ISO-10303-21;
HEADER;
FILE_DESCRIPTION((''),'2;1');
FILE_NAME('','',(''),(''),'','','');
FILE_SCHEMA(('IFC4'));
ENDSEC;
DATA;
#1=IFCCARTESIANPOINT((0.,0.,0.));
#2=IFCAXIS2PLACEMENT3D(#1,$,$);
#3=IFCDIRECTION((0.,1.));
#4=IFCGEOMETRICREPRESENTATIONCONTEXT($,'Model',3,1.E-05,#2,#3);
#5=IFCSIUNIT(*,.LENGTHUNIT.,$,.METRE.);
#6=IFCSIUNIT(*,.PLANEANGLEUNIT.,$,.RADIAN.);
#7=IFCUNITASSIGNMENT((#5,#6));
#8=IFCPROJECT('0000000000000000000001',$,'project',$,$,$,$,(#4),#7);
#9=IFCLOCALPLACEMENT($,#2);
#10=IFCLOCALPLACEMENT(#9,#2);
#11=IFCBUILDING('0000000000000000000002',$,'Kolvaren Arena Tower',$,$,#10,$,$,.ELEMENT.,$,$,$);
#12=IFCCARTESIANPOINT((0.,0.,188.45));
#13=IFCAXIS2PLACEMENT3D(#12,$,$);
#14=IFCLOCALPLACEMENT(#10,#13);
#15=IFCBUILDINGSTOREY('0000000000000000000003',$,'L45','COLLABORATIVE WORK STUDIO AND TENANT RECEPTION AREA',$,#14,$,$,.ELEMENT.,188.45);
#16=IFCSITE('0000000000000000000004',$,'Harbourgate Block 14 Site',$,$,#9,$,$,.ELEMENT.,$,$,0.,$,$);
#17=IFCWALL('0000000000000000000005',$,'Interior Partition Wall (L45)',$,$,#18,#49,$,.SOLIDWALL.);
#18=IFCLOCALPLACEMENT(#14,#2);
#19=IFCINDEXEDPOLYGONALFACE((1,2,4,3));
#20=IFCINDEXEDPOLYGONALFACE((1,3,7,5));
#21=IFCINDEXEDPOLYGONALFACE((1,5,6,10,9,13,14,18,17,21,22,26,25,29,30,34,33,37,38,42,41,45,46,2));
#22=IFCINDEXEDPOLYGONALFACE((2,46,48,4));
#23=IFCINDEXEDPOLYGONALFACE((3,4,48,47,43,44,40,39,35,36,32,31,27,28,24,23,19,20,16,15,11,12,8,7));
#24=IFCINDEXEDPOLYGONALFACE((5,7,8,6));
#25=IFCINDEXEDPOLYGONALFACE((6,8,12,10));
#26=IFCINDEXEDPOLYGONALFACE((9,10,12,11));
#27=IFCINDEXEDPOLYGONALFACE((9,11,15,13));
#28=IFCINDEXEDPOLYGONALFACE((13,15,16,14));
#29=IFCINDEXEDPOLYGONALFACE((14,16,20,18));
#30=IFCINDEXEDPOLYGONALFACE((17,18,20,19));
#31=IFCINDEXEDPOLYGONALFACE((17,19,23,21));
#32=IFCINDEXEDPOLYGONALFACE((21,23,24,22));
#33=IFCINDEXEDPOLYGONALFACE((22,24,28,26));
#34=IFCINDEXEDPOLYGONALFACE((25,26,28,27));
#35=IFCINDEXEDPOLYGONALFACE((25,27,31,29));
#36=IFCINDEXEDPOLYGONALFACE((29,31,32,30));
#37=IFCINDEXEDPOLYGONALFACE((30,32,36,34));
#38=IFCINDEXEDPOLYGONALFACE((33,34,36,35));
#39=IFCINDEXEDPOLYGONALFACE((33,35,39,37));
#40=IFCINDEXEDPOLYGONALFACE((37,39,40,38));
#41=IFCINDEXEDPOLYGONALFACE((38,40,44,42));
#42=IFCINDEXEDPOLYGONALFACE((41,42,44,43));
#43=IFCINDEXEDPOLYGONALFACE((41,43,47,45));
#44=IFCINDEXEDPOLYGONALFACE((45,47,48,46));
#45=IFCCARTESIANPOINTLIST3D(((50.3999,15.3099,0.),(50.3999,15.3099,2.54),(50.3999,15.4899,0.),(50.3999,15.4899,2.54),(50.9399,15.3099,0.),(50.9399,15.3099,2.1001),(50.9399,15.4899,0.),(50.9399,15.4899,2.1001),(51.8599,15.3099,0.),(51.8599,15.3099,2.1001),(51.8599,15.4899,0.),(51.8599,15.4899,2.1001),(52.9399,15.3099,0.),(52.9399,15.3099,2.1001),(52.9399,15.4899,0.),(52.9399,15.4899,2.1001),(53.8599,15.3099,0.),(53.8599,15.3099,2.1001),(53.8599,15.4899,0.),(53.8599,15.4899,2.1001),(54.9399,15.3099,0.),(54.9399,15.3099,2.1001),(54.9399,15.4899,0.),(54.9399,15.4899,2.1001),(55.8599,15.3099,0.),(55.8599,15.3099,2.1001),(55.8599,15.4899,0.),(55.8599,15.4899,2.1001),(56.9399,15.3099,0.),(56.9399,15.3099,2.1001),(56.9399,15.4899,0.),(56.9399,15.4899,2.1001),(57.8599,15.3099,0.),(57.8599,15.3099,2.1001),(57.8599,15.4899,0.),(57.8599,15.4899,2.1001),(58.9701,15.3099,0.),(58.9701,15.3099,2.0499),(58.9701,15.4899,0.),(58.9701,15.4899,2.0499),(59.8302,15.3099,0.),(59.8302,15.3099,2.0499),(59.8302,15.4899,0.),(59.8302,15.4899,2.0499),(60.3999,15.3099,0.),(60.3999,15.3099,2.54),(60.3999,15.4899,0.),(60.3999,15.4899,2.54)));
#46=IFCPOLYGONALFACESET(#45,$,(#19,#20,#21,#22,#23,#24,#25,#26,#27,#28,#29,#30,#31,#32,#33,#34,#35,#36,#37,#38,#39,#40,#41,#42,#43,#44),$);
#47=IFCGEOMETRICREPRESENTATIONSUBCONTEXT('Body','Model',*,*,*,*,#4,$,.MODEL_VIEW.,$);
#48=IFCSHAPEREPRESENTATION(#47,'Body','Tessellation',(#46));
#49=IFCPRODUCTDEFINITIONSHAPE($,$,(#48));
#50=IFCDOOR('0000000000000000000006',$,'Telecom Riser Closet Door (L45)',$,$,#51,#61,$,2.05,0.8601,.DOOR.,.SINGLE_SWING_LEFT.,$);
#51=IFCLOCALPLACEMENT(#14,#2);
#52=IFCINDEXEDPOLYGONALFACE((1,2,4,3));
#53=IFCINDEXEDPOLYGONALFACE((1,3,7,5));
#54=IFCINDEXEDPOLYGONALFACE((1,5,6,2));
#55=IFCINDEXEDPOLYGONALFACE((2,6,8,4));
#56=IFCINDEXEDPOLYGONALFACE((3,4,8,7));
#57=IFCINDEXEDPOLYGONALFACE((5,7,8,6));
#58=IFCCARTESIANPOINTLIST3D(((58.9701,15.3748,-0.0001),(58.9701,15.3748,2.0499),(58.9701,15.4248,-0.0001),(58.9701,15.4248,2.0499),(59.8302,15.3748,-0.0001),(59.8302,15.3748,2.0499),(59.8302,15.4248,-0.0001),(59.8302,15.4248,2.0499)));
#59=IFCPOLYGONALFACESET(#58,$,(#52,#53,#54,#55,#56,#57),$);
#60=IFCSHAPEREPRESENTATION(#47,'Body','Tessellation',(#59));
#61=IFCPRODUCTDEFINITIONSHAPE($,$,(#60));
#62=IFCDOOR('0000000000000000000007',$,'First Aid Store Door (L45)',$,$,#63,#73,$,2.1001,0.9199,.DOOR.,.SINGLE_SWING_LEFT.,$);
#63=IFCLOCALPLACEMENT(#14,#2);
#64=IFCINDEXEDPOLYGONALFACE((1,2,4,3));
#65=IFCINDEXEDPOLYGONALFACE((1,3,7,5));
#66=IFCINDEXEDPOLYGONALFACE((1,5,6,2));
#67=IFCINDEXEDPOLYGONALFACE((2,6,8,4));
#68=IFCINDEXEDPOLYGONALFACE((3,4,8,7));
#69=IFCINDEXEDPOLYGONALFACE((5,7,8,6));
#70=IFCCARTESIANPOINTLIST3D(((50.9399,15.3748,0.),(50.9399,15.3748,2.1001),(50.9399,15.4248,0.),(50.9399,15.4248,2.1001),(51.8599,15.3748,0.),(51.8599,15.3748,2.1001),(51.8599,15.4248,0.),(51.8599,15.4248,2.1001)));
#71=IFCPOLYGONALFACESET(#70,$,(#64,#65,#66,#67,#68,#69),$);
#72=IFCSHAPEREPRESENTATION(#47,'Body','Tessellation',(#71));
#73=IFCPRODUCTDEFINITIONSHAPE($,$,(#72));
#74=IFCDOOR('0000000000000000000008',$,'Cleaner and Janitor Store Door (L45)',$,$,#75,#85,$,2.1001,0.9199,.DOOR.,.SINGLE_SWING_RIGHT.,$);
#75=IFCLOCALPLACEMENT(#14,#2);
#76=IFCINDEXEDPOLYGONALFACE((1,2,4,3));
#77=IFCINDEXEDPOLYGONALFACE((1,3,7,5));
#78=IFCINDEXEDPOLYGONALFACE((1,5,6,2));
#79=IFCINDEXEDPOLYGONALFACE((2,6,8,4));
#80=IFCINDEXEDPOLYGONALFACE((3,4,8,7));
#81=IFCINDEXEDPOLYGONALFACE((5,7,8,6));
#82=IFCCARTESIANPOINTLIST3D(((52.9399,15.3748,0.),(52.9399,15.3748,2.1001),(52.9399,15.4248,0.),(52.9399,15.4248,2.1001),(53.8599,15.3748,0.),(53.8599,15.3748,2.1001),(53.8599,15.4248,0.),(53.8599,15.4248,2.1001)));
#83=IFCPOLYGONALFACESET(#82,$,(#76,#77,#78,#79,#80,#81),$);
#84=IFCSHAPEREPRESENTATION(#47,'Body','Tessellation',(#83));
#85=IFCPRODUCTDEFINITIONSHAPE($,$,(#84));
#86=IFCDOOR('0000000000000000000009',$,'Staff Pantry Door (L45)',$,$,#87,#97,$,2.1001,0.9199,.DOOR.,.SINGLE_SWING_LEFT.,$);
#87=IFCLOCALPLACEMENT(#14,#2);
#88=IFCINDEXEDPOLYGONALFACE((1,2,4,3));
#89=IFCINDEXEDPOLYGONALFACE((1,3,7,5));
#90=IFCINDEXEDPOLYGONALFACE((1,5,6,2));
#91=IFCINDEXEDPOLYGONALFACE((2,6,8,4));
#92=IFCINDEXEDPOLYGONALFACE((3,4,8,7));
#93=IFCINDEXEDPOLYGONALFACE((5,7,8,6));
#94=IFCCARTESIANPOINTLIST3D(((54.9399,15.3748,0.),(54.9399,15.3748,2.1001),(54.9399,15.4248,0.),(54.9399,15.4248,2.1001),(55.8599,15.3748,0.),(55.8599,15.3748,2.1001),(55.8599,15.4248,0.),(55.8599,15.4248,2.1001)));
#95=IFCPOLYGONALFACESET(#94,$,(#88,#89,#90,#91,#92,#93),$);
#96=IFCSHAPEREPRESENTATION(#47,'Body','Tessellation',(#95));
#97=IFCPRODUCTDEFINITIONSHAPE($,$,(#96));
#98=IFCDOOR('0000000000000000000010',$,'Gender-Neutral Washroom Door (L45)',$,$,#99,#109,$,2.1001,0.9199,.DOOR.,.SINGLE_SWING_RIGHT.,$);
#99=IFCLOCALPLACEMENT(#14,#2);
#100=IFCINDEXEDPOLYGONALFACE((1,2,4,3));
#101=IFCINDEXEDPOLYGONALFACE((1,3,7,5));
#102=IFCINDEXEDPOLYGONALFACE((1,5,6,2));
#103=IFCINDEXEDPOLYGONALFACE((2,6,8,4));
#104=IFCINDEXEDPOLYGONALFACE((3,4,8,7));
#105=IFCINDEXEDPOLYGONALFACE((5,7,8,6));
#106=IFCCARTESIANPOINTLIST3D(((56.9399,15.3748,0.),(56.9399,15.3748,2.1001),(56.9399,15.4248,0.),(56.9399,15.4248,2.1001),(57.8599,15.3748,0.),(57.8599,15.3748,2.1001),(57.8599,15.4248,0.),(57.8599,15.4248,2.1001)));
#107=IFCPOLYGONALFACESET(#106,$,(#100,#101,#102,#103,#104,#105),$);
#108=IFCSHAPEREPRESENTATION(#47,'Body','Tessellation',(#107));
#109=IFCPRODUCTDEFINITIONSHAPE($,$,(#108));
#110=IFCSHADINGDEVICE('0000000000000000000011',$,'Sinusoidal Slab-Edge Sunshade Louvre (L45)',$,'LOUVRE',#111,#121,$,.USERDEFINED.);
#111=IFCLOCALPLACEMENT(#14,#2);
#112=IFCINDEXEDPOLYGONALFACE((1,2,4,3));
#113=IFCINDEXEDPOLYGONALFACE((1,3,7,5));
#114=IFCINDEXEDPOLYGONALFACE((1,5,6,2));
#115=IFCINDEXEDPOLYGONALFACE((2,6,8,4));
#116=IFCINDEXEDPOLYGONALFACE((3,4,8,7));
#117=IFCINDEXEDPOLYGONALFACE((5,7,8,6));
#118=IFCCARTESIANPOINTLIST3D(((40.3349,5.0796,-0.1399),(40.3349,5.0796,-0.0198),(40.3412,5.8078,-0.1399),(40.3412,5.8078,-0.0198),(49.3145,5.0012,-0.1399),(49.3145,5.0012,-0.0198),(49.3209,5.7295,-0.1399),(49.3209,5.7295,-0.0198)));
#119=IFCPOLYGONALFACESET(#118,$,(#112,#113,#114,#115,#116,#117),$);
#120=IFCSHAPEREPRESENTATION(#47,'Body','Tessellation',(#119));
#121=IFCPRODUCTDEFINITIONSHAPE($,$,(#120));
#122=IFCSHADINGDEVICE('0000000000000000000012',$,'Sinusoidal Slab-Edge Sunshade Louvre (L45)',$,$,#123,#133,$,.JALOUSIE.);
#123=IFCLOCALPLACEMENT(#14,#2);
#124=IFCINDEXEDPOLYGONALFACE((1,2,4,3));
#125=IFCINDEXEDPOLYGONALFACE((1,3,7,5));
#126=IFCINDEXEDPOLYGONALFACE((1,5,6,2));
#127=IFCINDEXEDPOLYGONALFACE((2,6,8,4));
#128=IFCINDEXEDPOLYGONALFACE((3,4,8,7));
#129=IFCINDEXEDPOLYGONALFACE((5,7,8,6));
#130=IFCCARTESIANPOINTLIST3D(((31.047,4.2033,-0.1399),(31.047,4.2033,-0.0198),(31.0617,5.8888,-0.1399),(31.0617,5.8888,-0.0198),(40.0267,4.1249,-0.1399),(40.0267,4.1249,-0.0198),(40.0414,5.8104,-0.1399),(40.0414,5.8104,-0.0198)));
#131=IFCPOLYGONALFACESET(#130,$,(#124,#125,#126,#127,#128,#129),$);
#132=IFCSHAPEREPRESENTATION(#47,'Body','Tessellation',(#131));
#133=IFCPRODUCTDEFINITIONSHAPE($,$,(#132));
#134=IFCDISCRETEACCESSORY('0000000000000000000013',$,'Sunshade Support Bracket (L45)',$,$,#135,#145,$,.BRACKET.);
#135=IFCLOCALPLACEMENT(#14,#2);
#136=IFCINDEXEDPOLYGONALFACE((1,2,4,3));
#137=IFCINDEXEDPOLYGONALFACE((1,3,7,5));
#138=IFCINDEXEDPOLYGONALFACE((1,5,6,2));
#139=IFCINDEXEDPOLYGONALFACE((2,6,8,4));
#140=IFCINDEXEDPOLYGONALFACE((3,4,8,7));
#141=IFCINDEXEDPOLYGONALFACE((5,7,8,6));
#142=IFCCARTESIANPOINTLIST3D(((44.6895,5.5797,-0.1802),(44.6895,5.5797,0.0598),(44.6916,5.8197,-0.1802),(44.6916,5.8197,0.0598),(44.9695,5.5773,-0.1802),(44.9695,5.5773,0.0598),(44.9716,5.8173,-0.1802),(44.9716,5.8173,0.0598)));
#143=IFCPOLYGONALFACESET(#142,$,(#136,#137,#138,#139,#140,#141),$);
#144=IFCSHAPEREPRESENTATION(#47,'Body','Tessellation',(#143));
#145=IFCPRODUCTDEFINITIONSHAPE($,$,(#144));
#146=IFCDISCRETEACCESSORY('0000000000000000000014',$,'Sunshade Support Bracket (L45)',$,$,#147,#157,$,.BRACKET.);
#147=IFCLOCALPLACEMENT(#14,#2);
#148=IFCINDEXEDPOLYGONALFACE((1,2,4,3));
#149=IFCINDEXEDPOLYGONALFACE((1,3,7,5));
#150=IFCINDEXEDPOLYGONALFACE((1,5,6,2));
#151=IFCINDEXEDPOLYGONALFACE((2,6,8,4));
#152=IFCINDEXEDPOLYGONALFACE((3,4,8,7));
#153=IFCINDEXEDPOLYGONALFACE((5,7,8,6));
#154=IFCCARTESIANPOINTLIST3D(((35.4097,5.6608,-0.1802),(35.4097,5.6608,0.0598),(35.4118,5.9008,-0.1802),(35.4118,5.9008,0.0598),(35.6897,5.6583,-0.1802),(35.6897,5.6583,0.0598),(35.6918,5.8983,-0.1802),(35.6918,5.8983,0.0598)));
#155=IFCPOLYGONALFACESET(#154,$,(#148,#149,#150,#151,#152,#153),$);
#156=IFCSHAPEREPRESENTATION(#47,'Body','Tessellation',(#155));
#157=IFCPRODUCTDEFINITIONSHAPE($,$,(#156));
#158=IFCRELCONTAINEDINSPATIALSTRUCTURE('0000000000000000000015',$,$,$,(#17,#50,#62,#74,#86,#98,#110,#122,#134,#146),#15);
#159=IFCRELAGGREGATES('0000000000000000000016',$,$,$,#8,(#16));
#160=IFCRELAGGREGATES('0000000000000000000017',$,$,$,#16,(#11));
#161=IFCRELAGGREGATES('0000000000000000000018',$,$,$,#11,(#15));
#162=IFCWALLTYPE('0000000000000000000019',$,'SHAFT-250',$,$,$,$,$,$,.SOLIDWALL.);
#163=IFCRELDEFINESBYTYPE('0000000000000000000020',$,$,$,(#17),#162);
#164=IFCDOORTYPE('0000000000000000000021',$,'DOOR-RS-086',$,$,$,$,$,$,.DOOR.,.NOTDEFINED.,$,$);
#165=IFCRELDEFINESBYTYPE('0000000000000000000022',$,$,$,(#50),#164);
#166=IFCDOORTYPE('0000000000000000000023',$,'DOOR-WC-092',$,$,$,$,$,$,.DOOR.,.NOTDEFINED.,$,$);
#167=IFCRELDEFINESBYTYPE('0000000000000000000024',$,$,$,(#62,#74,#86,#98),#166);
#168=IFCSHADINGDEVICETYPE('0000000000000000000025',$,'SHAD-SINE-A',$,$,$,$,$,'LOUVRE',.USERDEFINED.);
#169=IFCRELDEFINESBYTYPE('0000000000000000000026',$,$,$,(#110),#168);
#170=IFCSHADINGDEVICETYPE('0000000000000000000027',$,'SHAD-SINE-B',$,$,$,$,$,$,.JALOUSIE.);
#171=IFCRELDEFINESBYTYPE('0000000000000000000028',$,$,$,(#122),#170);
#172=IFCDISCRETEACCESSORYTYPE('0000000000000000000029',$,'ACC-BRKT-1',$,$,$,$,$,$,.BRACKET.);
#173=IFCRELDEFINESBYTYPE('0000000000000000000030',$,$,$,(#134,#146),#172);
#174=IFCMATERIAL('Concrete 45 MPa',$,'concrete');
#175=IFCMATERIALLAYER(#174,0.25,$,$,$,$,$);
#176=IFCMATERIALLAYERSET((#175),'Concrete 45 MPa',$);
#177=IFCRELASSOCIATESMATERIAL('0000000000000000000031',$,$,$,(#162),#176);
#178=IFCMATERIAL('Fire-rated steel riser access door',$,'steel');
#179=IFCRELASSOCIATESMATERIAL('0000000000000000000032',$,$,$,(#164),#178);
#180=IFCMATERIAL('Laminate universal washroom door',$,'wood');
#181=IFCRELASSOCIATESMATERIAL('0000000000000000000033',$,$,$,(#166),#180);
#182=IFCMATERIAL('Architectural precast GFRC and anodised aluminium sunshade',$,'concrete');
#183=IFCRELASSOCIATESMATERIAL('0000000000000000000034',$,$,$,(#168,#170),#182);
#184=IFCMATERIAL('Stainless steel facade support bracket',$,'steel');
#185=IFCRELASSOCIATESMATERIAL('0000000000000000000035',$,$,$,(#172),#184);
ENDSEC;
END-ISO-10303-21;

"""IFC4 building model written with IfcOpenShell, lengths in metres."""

from ifc_helpers import new_model, si_unit, direction, frame, frame_2d, origin, origin_2d, place, context, subcontext, project, spatial, rectangle, extrude, material, layer, layer_set, type_object, element, fill, save


model = new_model("IFC4")

# Units and contexts
model_context = context("Model", 3, precision=1e-05, world=origin(), true_north=direction((0.0, 1.0)))
body_context = subcontext(model_context, "Body", "Model", "MODEL_VIEW")
ifc_project = project(units=[si_unit("LENGTHUNIT", "METRE"), si_unit("PLANEANGLEUNIT", "RADIAN")], contexts=[model_context])

# Site, building, storey
site_placement = place(None, origin())
site = spatial("IfcSite", under=ifc_project, at=site_placement, Name="Harbourgate Block 14 Site", CompositionType="ELEMENT", RefElevation=0.0)
building_placement = place(site_placement, origin())
building = spatial("IfcBuilding", under=site, at=building_placement, Name="Kolvaren Arena Tower", CompositionType="ELEMENT")
storey_placement = place(building_placement, frame((0.0, 0.0, 188.45)))
storey = spatial("IfcBuildingStorey", under=building, at=storey_placement, Name="L45", Description="COLLABORATIVE WORK STUDIO AND TENANT RECEPTION AREA", CompositionType="ELEMENT", Elevation=188.45)

# Wall, openings, doors
ifc_material_1 = material(Name="Concrete 45 MPa", Category="concrete")
ifc_layer_1 = layer(ifc_material_1, 0.25)
ifc_layer_set_1 = layer_set([ifc_layer_1], Name="Concrete 45 MPa")
wall_type_1 = type_object("IfcWallType", Name="SHAFT-250", PredefinedType="SOLIDWALL", material=ifc_layer_set_1)
wall_1_placement = place(storey_placement, frame((50.3999, 15.3999, 0.0), z_axis=(0.0, 0.0, 1.0), x_axis=(1.0, 0.0, 0.0)))
wall_1 = element("IfcWall", 1, at=wall_1_placement, inside=storey, type_object=wall_type_1, Name="Interior Partition Wall (L45)", PredefinedType="SOLIDWALL", context=body_context, shape_type="SweptSolid", body=[
    extrude(rectangle(XDim=10.0, YDim=0.1799, at=frame_2d((5.0, 0.0))), origin(), (0.0, 0.0, 1.0), 2.54),
])
opening_1_placement = place(wall_1_placement, frame((0.54, 0.0, 0.0)))
opening_1 = element("IfcOpeningElement", 2, at=opening_1_placement, cuts=wall_1, PredefinedType="OPENING", context=body_context, shape_type="SweptSolid", body=[
    extrude(rectangle(XDim=0.9199, YDim=2.1001, at=frame_2d((0.46, 1.05))), frame((0.0, 0.0999, 0.0), z_axis=(0.0, -1.0, 0.0), x_axis=(1.0, 0.0, 0.0)), (0.0, 0.0, 1.0), 0.2),
])
opening_2_placement = place(wall_1_placement, frame((2.54, 0.0, 0.0)))
opening_2 = element("IfcOpeningElement", 3, at=opening_2_placement, cuts=wall_1, PredefinedType="OPENING", context=body_context, shape_type="SweptSolid", body=[
    extrude(rectangle(XDim=0.9199, YDim=2.1001, at=frame_2d((0.46, 1.05))), frame((0.0, 0.0999, 0.0), z_axis=(0.0, -1.0, 0.0), x_axis=(1.0, 0.0, 0.0)), (0.0, 0.0, 1.0), 0.2),
])
opening_3_placement = place(wall_1_placement, frame((4.54, 0.0, 0.0)))
opening_3 = element("IfcOpeningElement", 4, at=opening_3_placement, cuts=wall_1, PredefinedType="OPENING", context=body_context, shape_type="SweptSolid", body=[
    extrude(rectangle(XDim=0.9199, YDim=2.1001, at=frame_2d((0.46, 1.05))), frame((0.0, 0.0999, 0.0), z_axis=(0.0, -1.0, 0.0), x_axis=(1.0, 0.0, 0.0)), (0.0, 0.0, 1.0), 0.2),
])
opening_4_placement = place(wall_1_placement, frame((6.54, 0.0, 0.0)))
opening_4 = element("IfcOpeningElement", 5, at=opening_4_placement, cuts=wall_1, PredefinedType="OPENING", context=body_context, shape_type="SweptSolid", body=[
    extrude(rectangle(XDim=0.9199, YDim=2.1001, at=frame_2d((0.46, 1.05))), frame((0.0, 0.0999, 0.0), z_axis=(0.0, -1.0, 0.0), x_axis=(1.0, 0.0, 0.0)), (0.0, 0.0, 1.0), 0.2),
])
opening_5_placement = place(wall_1_placement, frame((8.5701, 0.0, 0.0)))
opening_5 = element("IfcOpeningElement", 6, at=opening_5_placement, cuts=wall_1, PredefinedType="OPENING", context=body_context, shape_type="SweptSolid", body=[
    extrude(rectangle(XDim=0.8601, YDim=2.05, at=frame_2d((0.4302, 1.0249))), frame((0.0, 0.0999, 0.0), z_axis=(0.0, -1.0, 0.0), x_axis=(1.0, 0.0, 0.0)), (0.0, 0.0, 1.0), 0.2),
])
ifc_material_2 = material(Name="Fire-rated steel riser access door", Category="steel")
door_type_1 = type_object("IfcDoorType", Name="DOOR-RS-086", OperationType="NOTDEFINED", PredefinedType="DOOR", material=ifc_material_2)
door_1_placement = place(opening_5_placement, origin())
door_1 = element("IfcDoor", 7, at=door_1_placement, inside=storey, type_object=door_type_1, Name="Telecom Riser Closet Door (L45)", OperationType="SINGLE_SWING_LEFT", OverallHeight=2.05, OverallWidth=0.8601, PredefinedType="DOOR", context=body_context, shape_type="SweptSolid", body=[
    extrude(rectangle(XDim=0.8601, YDim=2.05, at=frame_2d((0.4302, 1.0249))), frame((0.0, 0.0249, 0.0), z_axis=(0.0, -1.0, 0.0), x_axis=(1.0, 0.0, 0.0)), (0.0, 0.0, 1.0), 0.05),
])
fill(opening_5, door_1)
ifc_material_3 = material(Name="Laminate universal washroom door", Category="wood")
door_type_2 = type_object("IfcDoorType", Name="DOOR-WC-092", OperationType="NOTDEFINED", PredefinedType="DOOR", material=ifc_material_3)
door_2_placement = place(opening_1_placement, origin())
door_2 = element("IfcDoor", 8, at=door_2_placement, inside=storey, type_object=door_type_2, Name="First Aid Store Door (L45)", OperationType="SINGLE_SWING_LEFT", OverallHeight=2.1001, OverallWidth=0.9199, PredefinedType="DOOR", context=body_context, shape_type="SweptSolid", body=[
    extrude(rectangle(XDim=0.9199, YDim=2.1001, at=frame_2d((0.46, 1.05))), frame((0.0, 0.0249, 0.0), z_axis=(0.0, -1.0, 0.0), x_axis=(1.0, 0.0, 0.0)), (0.0, 0.0, 1.0), 0.05),
])
fill(opening_1, door_2)
door_3_placement = place(opening_2_placement, origin())
door_3 = element("IfcDoor", 9, at=door_3_placement, inside=storey, type_object=door_type_2, Name="Cleaner and Janitor Store Door (L45)", OperationType="SINGLE_SWING_RIGHT", OverallHeight=2.1001, OverallWidth=0.9199, PredefinedType="DOOR", context=body_context, shape_type="SweptSolid", body=[
    extrude(rectangle(XDim=0.9199, YDim=2.1001, at=frame_2d((0.46, 1.05))), frame((0.0, 0.0249, 0.0), z_axis=(0.0, -1.0, 0.0), x_axis=(1.0, 0.0, 0.0)), (0.0, 0.0, 1.0), 0.05),
])
fill(opening_2, door_3)
door_4_placement = place(opening_3_placement, origin())
door_4 = element("IfcDoor", 10, at=door_4_placement, inside=storey, type_object=door_type_2, Name="Staff Pantry Door (L45)", OperationType="SINGLE_SWING_LEFT", OverallHeight=2.1001, OverallWidth=0.9199, PredefinedType="DOOR", context=body_context, shape_type="SweptSolid", body=[
    extrude(rectangle(XDim=0.9199, YDim=2.1001, at=frame_2d((0.46, 1.05))), frame((0.0, 0.0249, 0.0), z_axis=(0.0, -1.0, 0.0), x_axis=(1.0, 0.0, 0.0)), (0.0, 0.0, 1.0), 0.05),
])
fill(opening_3, door_4)
door_5_placement = place(opening_4_placement, origin())
door_5 = element("IfcDoor", 11, at=door_5_placement, inside=storey, type_object=door_type_2, Name="Gender-Neutral Washroom Door (L45)", OperationType="SINGLE_SWING_RIGHT", OverallHeight=2.1001, OverallWidth=0.9199, PredefinedType="DOOR", context=body_context, shape_type="SweptSolid", body=[
    extrude(rectangle(XDim=0.9199, YDim=2.1001, at=frame_2d((0.46, 1.05))), frame((0.0, 0.0249, 0.0), z_axis=(0.0, -1.0, 0.0), x_axis=(1.0, 0.0, 0.0)), (0.0, 0.0, 1.0), 0.05),
])
fill(opening_4, door_5)

# Shading devices
ifc_material_4 = material(Name="Architectural precast GFRC and anodised aluminium sunshade", Category="concrete")
shading_device_type_1 = type_object("IfcShadingDeviceType", Name="SHAD-SINE-A", ElementType="LOUVRE", PredefinedType="USERDEFINED", material=ifc_material_4)
shading_device_1_placement = place(storey_placement, frame((44.8279, 5.4045, -0.1399), z_axis=(0.0, 0.0, 1.0), x_axis=(-0.999962, 0.008727, 0.0)))
element("IfcShadingDevice", 12, at=shading_device_1_placement, inside=storey, type_object=shading_device_type_1, Name="Sinusoidal Slab-Edge Sunshade Louvre (L45)", ObjectType="LOUVRE", PredefinedType="USERDEFINED", context=body_context, shape_type="SweptSolid", body=[
    extrude(rectangle(XDim=8.98, YDim=0.7283, at=origin_2d()), origin(), (0.0, 0.0, 1.0), 0.1201),
])
shading_device_type_2 = type_object("IfcShadingDeviceType", Name="SHAD-SINE-B", PredefinedType="JALOUSIE", material=ifc_material_4)
shading_device_2_placement = place(storey_placement, frame((35.5442, 5.0068, -0.1399), z_axis=(0.0, 0.0, 1.0), x_axis=(-0.999962, 0.008727, 0.0)))
element("IfcShadingDevice", 13, at=shading_device_2_placement, inside=storey, type_object=shading_device_type_2, Name="Sinusoidal Slab-Edge Sunshade Louvre (L45)", PredefinedType="JALOUSIE", context=body_context, shape_type="SweptSolid", body=[
    extrude(rectangle(XDim=8.98, YDim=1.6855, at=origin_2d()), origin(), (0.0, 0.0, 1.0), 0.1201),
])

# Discrete accessories
ifc_material_5 = material(Name="Stainless steel facade support bracket", Category="steel")
discrete_accessory_type = type_object("IfcDiscreteAccessoryType", Name="ACC-BRKT-1", PredefinedType="BRACKET", material=ifc_material_5)
for number, where, z_axis, x_axis, name in (
    (14, (44.8306, 5.6985, -0.1802), (0.0, 0.0, 1.0), (-0.999962, 0.008727, 0.0), "Sunshade Support Bracket (L45)"),
    (15, (35.5508, 5.7795, -0.1802), (0.0, 0.0, 1.0), (-0.999962, 0.008727, 0.0), "Sunshade Support Bracket (L45)"),
):
    element("IfcDiscreteAccessory", number, at=place(storey_placement, frame(where, z_axis=z_axis, x_axis=x_axis)), inside=storey, type_object=discrete_accessory_type, Name=name, PredefinedType="BRACKET", context=body_context, shape_type="SweptSolid", body=[
        extrude(rectangle(XDim=0.28, YDim=0.24, at=origin_2d()), origin(), (0.0, 0.0, 1.0), 0.24),
    ])

save(model, "model.ifc")
